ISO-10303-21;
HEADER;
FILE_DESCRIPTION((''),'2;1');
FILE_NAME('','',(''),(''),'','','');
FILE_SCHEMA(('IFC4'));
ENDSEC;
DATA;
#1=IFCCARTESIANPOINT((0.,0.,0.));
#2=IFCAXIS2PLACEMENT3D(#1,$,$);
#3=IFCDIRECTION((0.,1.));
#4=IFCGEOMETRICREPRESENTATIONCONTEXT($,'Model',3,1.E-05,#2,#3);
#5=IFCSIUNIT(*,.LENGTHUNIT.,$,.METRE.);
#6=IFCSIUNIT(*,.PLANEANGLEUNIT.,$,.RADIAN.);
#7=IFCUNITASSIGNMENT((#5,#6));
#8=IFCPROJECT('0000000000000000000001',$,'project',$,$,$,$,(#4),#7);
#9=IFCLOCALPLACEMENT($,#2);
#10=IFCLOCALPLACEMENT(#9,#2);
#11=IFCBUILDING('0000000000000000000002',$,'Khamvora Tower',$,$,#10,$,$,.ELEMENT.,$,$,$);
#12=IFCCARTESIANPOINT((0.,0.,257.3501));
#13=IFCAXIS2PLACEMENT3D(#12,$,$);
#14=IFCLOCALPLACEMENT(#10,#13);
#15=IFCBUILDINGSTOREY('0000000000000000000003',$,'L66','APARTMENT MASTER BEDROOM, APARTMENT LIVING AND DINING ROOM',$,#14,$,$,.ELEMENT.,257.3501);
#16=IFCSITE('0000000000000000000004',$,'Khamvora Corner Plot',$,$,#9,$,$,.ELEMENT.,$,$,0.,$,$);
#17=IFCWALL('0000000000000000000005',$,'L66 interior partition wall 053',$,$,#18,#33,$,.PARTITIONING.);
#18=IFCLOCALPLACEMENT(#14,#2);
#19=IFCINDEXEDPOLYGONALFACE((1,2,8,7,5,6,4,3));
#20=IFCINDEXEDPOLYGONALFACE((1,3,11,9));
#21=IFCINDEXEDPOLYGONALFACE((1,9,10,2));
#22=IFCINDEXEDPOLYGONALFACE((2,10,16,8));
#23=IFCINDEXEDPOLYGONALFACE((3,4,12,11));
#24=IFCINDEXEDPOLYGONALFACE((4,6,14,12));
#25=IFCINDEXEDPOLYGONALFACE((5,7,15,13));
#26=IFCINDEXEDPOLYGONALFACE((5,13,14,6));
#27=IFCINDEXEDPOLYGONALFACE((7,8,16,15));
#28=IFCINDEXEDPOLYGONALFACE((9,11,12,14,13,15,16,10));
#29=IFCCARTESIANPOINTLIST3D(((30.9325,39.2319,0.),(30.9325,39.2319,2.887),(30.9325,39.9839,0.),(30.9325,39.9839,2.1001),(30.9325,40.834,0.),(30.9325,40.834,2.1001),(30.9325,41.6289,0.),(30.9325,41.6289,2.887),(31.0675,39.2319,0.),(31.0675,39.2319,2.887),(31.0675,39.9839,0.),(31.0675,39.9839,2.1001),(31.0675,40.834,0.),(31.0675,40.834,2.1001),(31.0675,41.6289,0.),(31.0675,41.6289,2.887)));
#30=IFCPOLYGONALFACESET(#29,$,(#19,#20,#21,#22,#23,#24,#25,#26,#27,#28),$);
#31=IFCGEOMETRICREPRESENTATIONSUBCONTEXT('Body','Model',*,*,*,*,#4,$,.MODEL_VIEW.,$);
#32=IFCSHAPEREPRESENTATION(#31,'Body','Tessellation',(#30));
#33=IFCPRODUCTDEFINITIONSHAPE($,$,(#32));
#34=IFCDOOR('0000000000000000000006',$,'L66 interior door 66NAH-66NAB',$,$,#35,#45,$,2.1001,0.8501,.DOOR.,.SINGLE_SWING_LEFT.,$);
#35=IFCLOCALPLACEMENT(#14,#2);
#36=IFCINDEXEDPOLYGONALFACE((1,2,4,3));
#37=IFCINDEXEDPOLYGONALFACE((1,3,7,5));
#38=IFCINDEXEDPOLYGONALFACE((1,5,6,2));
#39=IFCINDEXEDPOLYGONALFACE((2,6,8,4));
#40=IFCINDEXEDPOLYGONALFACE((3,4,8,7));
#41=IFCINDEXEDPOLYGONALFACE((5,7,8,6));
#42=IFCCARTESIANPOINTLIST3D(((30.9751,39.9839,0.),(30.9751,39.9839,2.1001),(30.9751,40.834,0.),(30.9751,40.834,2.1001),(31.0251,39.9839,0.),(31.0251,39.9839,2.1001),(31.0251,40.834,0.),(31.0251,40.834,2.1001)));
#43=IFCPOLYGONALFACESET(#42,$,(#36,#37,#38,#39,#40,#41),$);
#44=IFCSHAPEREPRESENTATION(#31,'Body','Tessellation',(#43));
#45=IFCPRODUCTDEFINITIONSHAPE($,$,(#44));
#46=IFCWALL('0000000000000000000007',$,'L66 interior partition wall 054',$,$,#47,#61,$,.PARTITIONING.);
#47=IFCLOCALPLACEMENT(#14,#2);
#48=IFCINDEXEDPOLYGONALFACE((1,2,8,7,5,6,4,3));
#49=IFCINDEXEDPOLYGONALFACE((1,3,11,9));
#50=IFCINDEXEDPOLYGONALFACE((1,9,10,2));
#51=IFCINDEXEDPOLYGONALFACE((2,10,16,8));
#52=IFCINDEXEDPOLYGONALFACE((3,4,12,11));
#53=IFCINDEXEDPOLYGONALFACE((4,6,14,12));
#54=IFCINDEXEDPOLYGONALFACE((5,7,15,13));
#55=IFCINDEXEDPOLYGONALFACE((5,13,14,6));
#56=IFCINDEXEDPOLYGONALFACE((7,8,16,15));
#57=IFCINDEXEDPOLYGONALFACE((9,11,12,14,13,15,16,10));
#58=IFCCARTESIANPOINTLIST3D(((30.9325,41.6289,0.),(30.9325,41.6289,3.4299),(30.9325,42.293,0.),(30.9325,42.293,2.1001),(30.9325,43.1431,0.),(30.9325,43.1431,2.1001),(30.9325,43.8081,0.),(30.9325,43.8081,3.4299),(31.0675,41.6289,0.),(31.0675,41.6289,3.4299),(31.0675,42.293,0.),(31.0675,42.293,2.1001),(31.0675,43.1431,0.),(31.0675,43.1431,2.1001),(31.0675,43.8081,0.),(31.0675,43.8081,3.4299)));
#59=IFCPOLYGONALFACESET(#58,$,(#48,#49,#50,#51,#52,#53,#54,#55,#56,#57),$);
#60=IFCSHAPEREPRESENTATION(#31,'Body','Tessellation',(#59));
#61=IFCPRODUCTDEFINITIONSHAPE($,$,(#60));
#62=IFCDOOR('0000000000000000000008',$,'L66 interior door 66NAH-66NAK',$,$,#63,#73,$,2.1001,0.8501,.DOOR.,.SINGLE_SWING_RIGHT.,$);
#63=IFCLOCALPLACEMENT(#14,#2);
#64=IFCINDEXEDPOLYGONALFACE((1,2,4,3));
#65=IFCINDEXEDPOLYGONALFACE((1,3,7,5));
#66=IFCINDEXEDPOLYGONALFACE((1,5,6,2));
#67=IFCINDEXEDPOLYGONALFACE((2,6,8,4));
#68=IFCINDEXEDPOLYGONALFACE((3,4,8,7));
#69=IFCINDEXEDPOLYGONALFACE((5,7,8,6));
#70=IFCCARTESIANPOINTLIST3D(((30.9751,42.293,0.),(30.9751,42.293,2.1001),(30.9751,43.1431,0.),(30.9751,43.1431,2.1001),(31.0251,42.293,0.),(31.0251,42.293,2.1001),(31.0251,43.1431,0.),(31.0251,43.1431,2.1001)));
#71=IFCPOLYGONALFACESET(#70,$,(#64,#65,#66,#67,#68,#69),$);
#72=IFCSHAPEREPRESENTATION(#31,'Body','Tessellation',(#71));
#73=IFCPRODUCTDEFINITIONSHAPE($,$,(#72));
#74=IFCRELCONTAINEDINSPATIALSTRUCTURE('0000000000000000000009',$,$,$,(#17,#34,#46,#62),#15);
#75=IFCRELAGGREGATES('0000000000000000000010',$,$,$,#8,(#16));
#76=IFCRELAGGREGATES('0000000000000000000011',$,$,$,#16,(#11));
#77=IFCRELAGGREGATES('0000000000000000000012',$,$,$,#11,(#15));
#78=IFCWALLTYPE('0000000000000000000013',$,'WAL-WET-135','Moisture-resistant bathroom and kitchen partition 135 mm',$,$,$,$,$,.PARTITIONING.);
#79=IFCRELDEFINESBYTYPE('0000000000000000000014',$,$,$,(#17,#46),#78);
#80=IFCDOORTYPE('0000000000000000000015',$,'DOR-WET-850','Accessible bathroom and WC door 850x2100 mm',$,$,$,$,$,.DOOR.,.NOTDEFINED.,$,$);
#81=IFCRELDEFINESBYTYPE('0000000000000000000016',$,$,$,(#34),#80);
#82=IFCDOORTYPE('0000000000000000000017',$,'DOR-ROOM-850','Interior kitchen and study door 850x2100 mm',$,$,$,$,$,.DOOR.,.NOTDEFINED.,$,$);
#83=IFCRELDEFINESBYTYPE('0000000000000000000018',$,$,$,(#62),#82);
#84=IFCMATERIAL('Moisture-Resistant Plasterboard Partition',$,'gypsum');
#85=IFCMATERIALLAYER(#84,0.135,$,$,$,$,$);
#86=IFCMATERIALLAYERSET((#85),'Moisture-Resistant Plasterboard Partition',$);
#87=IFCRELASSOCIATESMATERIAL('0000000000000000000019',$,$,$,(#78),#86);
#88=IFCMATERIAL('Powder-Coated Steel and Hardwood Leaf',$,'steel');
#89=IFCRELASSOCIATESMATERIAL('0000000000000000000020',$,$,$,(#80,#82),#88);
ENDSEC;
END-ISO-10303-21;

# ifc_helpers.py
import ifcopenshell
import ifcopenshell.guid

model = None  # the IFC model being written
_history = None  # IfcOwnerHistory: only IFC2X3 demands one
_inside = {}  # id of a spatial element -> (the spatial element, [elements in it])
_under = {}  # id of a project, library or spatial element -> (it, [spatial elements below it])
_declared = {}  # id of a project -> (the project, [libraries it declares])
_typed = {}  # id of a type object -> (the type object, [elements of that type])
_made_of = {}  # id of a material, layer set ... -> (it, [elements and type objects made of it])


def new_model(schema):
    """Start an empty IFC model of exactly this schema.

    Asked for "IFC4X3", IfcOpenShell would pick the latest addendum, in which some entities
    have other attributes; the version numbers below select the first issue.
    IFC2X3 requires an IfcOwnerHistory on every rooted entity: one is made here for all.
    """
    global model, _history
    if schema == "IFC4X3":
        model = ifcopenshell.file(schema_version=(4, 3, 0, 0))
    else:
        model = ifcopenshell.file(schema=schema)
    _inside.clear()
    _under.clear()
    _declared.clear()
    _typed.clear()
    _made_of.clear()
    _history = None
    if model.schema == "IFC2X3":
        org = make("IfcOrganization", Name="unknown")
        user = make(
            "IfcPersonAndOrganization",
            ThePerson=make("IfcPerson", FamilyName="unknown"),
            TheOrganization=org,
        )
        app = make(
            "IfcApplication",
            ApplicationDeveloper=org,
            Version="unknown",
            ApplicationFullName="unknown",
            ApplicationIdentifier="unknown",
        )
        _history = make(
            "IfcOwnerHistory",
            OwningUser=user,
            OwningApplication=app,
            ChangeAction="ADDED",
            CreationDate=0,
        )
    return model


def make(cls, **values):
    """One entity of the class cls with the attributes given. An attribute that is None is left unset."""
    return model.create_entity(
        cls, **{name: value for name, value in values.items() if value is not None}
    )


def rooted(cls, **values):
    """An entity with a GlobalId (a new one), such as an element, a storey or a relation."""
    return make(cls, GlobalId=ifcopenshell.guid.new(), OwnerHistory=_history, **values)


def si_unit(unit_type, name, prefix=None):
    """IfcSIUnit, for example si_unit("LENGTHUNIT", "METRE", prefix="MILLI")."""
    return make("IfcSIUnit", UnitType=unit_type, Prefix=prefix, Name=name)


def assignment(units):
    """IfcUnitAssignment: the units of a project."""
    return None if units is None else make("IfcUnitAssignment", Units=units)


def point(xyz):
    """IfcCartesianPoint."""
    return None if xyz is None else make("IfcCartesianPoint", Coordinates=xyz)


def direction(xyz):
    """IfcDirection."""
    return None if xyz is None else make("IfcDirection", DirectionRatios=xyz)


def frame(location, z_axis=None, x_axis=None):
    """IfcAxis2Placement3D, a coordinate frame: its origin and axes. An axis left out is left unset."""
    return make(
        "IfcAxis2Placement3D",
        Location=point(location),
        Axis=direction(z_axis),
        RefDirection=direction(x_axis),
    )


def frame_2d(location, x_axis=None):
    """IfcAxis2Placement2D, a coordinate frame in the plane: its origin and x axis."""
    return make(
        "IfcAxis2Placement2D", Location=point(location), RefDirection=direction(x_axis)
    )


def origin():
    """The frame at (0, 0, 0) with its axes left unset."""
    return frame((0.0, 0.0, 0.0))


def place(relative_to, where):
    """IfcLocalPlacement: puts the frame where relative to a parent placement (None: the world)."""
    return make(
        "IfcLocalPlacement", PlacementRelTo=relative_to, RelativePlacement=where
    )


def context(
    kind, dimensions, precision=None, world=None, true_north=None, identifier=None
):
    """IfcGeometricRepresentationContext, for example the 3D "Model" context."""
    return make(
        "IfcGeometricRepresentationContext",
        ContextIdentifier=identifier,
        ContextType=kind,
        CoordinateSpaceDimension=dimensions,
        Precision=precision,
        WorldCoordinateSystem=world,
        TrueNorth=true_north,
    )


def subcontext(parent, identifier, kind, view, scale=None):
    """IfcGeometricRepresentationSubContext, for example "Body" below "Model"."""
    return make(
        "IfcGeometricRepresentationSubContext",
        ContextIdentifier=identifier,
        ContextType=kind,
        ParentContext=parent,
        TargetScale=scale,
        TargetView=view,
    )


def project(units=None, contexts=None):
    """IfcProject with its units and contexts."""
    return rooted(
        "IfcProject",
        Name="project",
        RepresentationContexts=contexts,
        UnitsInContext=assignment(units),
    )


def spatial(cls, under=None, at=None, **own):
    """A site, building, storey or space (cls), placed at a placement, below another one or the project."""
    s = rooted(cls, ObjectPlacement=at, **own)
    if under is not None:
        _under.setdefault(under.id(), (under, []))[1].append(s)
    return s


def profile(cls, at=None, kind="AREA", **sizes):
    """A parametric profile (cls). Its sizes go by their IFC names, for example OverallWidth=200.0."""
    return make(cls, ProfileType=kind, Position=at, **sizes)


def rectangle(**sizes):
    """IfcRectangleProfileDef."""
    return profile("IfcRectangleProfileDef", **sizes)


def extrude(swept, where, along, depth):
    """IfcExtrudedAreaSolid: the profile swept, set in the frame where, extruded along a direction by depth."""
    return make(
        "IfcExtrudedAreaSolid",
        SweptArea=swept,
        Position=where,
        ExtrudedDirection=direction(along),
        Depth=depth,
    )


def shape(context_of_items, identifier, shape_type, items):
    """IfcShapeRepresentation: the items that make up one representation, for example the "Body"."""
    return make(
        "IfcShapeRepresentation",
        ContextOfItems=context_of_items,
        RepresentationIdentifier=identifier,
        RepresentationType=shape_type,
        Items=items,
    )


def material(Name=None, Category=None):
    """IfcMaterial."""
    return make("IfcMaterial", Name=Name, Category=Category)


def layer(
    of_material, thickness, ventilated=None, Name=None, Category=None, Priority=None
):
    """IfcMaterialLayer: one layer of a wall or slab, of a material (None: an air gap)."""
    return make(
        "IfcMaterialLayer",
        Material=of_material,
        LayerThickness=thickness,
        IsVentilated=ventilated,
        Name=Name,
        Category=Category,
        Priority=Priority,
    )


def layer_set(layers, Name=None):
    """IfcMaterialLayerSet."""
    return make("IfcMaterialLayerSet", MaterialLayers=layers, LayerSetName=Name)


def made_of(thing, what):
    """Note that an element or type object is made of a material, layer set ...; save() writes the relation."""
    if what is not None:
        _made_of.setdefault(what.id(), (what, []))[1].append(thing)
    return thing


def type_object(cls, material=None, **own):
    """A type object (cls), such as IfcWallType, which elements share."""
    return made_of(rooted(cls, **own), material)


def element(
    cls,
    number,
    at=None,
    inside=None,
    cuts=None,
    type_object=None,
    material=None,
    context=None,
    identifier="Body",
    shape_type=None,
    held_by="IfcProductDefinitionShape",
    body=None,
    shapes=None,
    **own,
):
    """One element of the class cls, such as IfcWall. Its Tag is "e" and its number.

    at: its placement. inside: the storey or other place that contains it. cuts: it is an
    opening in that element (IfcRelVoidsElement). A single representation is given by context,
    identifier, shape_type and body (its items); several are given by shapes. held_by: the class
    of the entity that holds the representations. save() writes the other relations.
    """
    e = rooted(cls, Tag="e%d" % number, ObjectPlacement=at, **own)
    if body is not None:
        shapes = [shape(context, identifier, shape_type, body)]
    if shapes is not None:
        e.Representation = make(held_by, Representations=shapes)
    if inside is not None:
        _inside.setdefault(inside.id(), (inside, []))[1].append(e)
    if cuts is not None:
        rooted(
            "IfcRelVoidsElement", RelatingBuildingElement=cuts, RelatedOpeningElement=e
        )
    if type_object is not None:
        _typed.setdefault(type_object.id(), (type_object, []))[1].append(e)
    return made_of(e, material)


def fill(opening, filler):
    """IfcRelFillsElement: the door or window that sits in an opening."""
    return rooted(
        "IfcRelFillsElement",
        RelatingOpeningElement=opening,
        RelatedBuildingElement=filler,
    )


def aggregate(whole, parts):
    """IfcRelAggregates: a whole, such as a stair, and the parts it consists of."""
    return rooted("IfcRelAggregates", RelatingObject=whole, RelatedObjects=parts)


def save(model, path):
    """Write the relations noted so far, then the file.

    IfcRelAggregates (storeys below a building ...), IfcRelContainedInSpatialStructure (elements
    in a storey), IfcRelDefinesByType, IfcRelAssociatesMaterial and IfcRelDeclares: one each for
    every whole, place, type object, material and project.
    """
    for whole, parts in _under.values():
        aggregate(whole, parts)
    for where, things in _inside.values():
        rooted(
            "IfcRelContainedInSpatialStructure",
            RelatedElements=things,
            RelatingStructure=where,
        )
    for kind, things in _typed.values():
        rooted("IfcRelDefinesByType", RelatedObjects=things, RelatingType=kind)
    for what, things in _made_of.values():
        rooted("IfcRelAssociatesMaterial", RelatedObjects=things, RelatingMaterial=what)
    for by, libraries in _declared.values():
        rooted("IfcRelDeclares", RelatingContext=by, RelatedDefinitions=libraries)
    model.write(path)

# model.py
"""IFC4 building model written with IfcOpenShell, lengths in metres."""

from ifc_helpers import new_model, si_unit, direction, frame, frame_2d, origin, place, context, subcontext, project, spatial, rectangle, extrude, material, layer, layer_set, type_object, element, fill, save


model = new_model("IFC4")

# Units and contexts
model_context = context("Model", 3, precision=1e-05, world=origin(), true_north=direction((0.0, 1.0)))
body_context = subcontext(model_context, "Body", "Model", "MODEL_VIEW")
ifc_project = project(units=[si_unit("LENGTHUNIT", "METRE"), si_unit("PLANEANGLEUNIT", "RADIAN")], contexts=[model_context])

# Site, building, storey
site_placement = place(None, origin())
site = spatial("IfcSite", under=ifc_project, at=site_placement, Name="Khamvora Corner Plot", CompositionType="ELEMENT", RefElevation=0.0)
building_placement = place(site_placement, origin())
building = spatial("IfcBuilding", under=site, at=building_placement, Name="Khamvora Tower", CompositionType="ELEMENT")
storey_placement = place(building_placement, frame((0.0, 0.0, 257.3501)))
storey = spatial("IfcBuildingStorey", under=building, at=storey_placement, Name="L66", Description="APARTMENT MASTER BEDROOM, APARTMENT LIVING AND DINING ROOM", CompositionType="ELEMENT", Elevation=257.3501)

# Shared definitions
ifc_material_1 = material(Name="Powder-Coated Steel and Hardwood Leaf", Category="steel")

# Walls, openings, doors
ifc_material_2 = material(Name="Moisture-Resistant Plasterboard Partition", Category="gypsum")
ifc_layer_1 = layer(ifc_material_2, 0.135)
ifc_layer_set_1 = layer_set([ifc_layer_1], Name="Moisture-Resistant Plasterboard Partition")
wall_type_1 = type_object("IfcWallType", Name="WAL-WET-135", Description="Moisture-resistant bathroom and kitchen partition 135 mm", PredefinedType="PARTITIONING", material=ifc_layer_set_1)
wall_1_placement = place(storey_placement, frame((31.0, 39.2319, 0.0), z_axis=(0.0, 0.0, 1.0), x_axis=(0.0, 1.0, 0.0)))
wall_1 = element("IfcWall", 1, at=wall_1_placement, inside=storey, type_object=wall_type_1, Name="L66 interior partition wall 053", PredefinedType="PARTITIONING", context=body_context, shape_type="SweptSolid", body=[
    extrude(rectangle(XDim=2.397, YDim=0.135, at=frame_2d((1.1985, 0.0))), origin(), (0.0, 0.0, 1.0), 2.887),
])
opening_1_placement = place(wall_1_placement, frame((0.752, 0.0, 0.0)))
opening_1 = element("IfcOpeningElement", 2, at=opening_1_placement, cuts=wall_1, PredefinedType="OPENING", context=body_context, shape_type="SweptSolid", body=[
    extrude(rectangle(XDim=0.8501, YDim=2.1001, at=frame_2d((0.425, 1.05))), frame((0.0, 0.0774, 0.0), z_axis=(0.0, -1.0, 0.0), x_axis=(1.0, 0.0, 0.0)), (0.0, 0.0, 1.0), 0.155),
])
door_type_1 = type_object("IfcDoorType", Name="DOR-WET-850", Description="Accessible bathroom and WC door 850x2100 mm", OperationType="NOTDEFINED", PredefinedType="DOOR", material=ifc_material_1)
door_1_placement = place(opening_1_placement, origin())
door_1 = element("IfcDoor", 3, at=door_1_placement, inside=storey, type_object=door_type_1, Name="L66 interior door 66NAH-66NAB", OperationType="SINGLE_SWING_LEFT", OverallHeight=2.1001, OverallWidth=0.8501, PredefinedType="DOOR", context=body_context, shape_type="SweptSolid", body=[
    extrude(rectangle(XDim=0.8501, YDim=2.1001, at=frame_2d((0.425, 1.05))), frame((0.0, 0.0249, 0.0), z_axis=(0.0, -1.0, 0.0), x_axis=(1.0, 0.0, 0.0)), (0.0, 0.0, 1.0), 0.05),
])
fill(opening_1, door_1)
wall_2_placement = place(storey_placement, frame((31.0, 41.6289, 0.0), z_axis=(0.0, 0.0, 1.0), x_axis=(0.0, 1.0, 0.0)))
wall_2 = element("IfcWall", 4, at=wall_2_placement, inside=storey, type_object=wall_type_1, Name="L66 interior partition wall 054", PredefinedType="PARTITIONING", context=body_context, shape_type="SweptSolid", body=[
    extrude(rectangle(XDim=2.1792, YDim=0.135, at=frame_2d((1.0896, 0.0))), origin(), (0.0, 0.0, 1.0), 3.4299),
])
opening_2_placement = place(wall_2_placement, frame((0.6641, 0.0, 0.0)))
opening_2 = element("IfcOpeningElement", 5, at=opening_2_placement, cuts=wall_2, PredefinedType="OPENING", context=body_context, shape_type="SweptSolid", body=[
    extrude(rectangle(XDim=0.8501, YDim=2.1001, at=frame_2d((0.425, 1.05))), frame((0.0, 0.0774, 0.0), z_axis=(0.0, -1.0, 0.0), x_axis=(1.0, 0.0, 0.0)), (0.0, 0.0, 1.0), 0.155),
])
door_type_2 = type_object("IfcDoorType", Name="DOR-ROOM-850", Description="Interior kitchen and study door 850x2100 mm", OperationType="NOTDEFINED", PredefinedType="DOOR", material=ifc_material_1)
door_2_placement = place(opening_2_placement, origin())
door_2 = element("IfcDoor", 6, at=door_2_placement, inside=storey, type_object=door_type_2, Name="L66 interior door 66NAH-66NAK", OperationType="SINGLE_SWING_RIGHT", OverallHeight=2.1001, OverallWidth=0.8501, PredefinedType="DOOR", context=body_context, shape_type="SweptSolid", body=[
    extrude(rectangle(XDim=0.8501, YDim=2.1001, at=frame_2d((0.425, 1.05))), frame((0.0, 0.0249, 0.0), z_axis=(0.0, -1.0, 0.0), x_axis=(1.0, 0.0, 0.0)), (0.0, 0.0, 1.0), 0.05),
])
fill(opening_2, door_2)

save(model, "model.ifc")
